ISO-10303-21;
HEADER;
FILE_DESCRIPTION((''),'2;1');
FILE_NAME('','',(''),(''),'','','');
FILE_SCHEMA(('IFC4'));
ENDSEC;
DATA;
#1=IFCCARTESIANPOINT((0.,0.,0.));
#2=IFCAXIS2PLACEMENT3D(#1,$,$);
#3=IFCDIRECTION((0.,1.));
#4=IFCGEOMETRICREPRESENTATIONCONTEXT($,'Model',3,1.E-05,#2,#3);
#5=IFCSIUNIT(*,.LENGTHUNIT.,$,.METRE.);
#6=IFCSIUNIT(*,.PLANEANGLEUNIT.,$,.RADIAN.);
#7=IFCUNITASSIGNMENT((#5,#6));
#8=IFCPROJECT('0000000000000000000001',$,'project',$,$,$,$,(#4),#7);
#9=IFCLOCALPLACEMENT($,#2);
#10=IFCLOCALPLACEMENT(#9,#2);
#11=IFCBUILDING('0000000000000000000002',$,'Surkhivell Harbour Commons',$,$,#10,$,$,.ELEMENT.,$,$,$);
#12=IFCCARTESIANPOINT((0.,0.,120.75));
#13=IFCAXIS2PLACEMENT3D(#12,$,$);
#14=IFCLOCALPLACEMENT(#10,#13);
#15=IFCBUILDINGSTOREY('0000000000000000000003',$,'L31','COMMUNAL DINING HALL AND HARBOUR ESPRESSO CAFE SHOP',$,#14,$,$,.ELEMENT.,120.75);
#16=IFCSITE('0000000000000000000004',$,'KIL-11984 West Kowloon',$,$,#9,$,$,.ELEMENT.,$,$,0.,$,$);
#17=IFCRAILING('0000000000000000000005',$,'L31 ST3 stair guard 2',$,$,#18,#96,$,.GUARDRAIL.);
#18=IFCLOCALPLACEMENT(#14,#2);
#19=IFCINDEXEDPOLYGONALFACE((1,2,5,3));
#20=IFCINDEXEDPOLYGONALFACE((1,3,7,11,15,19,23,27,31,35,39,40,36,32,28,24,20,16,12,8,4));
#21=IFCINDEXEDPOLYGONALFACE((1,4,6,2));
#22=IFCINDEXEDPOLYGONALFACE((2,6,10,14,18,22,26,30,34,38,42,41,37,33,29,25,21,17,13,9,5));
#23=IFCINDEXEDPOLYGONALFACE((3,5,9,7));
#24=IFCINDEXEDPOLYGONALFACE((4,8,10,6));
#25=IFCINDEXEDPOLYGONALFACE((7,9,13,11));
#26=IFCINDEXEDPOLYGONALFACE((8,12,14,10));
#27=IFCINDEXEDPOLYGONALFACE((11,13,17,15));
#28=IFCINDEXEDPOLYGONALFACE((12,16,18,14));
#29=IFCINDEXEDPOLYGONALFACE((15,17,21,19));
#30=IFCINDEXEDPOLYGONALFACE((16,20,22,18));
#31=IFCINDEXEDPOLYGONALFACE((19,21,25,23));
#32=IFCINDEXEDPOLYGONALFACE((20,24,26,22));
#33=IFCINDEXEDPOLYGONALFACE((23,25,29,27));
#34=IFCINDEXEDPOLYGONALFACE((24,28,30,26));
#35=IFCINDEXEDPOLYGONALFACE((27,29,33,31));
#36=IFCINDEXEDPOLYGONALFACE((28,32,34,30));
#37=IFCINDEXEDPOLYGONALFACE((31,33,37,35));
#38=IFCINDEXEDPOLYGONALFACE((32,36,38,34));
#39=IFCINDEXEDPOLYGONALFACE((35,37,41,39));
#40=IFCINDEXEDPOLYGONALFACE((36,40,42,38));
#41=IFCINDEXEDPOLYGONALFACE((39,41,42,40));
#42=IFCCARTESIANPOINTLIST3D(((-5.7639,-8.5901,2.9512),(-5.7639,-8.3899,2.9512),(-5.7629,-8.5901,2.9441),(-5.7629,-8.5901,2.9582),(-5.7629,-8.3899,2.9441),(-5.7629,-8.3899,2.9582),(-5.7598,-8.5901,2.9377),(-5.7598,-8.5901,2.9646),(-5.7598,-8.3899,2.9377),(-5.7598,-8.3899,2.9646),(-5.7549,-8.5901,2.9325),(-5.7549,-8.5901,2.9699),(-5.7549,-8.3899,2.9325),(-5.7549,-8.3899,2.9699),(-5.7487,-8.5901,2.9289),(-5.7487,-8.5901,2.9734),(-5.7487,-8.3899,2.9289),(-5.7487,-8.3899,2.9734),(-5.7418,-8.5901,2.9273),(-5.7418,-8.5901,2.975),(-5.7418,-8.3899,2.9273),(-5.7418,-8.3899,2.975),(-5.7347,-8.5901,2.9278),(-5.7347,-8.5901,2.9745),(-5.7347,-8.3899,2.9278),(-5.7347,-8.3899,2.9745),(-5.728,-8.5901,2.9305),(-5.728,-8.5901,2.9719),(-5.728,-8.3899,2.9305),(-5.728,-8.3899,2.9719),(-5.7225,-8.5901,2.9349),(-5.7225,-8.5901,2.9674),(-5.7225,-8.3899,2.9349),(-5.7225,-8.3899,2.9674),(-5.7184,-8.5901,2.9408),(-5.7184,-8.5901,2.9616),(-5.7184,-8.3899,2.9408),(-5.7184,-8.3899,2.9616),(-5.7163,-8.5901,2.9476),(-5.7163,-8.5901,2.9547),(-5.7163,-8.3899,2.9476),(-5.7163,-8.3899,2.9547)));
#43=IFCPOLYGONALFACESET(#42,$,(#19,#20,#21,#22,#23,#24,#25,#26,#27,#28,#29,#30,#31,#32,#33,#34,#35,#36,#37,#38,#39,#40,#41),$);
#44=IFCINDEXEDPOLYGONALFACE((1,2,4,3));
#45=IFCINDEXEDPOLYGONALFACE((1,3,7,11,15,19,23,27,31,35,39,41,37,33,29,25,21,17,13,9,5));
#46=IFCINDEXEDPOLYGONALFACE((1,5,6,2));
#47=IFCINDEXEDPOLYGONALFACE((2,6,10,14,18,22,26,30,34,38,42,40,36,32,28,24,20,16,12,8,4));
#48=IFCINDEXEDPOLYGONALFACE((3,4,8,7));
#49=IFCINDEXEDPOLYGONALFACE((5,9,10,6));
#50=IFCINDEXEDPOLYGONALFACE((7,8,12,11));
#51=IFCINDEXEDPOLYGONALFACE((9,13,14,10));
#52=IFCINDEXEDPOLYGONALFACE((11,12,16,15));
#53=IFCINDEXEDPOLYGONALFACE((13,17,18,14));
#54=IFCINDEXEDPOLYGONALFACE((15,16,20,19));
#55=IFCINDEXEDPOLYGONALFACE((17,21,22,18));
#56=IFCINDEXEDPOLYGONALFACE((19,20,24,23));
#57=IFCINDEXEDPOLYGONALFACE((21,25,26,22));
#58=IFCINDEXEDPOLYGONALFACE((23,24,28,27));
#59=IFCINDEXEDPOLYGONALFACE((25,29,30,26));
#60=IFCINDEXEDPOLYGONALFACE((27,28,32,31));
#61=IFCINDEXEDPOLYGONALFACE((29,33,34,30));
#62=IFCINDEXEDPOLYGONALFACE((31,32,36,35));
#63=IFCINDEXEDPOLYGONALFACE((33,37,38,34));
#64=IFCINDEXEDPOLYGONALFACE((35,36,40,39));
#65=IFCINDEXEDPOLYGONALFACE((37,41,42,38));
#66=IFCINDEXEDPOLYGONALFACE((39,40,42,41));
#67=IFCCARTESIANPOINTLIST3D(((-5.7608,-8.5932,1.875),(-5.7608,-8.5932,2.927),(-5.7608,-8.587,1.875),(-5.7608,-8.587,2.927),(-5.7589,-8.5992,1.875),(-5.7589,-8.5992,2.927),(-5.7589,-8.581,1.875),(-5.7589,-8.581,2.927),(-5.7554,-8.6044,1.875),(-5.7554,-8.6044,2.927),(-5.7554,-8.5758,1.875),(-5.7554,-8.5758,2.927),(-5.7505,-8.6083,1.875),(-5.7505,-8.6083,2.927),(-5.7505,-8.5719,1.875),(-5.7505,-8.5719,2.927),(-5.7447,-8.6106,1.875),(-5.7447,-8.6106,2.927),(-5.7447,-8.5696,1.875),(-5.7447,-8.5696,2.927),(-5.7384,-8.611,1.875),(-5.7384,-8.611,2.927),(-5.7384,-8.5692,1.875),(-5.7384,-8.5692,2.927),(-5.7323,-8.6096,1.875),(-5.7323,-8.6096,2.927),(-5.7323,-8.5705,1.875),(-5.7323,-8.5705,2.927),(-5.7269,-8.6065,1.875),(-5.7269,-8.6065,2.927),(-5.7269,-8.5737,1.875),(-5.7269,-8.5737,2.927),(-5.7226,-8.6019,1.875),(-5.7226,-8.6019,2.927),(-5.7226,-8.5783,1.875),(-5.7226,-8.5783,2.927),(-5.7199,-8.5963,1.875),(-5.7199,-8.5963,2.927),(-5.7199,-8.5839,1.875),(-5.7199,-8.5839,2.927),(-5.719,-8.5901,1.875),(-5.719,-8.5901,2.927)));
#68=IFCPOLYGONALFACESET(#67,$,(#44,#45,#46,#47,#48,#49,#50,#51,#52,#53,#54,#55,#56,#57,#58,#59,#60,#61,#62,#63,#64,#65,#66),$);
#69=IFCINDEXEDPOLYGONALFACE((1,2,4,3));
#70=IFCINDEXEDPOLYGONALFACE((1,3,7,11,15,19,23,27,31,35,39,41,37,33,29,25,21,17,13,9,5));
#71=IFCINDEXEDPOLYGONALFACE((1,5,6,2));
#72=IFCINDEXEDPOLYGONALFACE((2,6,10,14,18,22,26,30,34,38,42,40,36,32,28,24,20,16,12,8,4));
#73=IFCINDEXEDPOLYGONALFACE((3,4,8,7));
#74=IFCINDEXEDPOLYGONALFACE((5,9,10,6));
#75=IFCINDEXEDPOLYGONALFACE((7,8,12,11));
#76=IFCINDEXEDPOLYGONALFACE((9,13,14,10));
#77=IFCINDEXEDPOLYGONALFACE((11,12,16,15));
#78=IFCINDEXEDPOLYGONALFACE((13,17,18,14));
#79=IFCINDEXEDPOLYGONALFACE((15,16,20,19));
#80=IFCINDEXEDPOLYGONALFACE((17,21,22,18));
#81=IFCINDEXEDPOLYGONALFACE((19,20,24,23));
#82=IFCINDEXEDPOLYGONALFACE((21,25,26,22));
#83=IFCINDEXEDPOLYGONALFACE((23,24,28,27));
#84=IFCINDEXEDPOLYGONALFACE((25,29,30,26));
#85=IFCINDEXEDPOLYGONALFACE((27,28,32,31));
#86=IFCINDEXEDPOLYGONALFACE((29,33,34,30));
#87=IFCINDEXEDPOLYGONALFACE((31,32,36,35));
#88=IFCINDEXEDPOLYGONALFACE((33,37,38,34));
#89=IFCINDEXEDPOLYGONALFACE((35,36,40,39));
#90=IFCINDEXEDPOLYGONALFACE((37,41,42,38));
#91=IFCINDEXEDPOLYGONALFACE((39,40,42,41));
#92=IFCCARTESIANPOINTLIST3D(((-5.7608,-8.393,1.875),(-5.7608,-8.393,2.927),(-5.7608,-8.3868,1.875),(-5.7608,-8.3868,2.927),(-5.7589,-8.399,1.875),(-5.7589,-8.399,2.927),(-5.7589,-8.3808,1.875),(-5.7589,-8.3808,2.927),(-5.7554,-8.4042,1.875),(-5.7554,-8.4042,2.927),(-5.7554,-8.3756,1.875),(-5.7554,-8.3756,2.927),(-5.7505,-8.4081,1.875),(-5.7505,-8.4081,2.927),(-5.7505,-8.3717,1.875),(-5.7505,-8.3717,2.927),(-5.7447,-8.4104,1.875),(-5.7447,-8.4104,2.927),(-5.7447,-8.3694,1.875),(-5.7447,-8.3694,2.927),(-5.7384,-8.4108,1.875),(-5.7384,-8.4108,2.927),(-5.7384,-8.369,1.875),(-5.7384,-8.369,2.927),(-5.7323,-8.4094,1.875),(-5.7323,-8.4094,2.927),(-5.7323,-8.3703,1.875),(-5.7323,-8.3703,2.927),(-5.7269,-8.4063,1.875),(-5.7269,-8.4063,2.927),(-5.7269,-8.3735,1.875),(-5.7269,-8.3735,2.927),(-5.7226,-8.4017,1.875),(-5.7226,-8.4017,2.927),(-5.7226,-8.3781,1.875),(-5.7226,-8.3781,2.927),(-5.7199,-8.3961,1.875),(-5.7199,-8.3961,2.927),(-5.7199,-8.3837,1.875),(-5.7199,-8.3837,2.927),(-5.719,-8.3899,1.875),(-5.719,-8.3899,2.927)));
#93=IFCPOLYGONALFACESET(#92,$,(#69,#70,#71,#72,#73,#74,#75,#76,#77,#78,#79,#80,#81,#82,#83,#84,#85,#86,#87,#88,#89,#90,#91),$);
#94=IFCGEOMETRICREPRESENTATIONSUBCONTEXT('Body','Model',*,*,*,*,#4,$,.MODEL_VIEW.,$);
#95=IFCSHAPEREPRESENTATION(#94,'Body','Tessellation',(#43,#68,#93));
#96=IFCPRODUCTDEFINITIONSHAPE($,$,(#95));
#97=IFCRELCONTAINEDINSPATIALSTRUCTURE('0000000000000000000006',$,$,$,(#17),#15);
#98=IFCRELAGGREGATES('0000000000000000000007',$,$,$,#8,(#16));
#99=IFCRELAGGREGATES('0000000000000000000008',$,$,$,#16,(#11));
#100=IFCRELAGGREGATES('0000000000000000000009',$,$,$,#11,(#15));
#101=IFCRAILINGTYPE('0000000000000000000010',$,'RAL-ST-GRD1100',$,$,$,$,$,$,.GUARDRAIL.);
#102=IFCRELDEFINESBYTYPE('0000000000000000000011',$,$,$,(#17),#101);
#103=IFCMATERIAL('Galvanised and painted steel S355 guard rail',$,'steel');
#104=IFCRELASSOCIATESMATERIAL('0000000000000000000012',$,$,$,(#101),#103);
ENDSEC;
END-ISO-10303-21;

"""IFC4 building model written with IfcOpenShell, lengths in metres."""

from ifc_helpers import new_model, si_unit, direction, frame, origin, origin_2d, place, context, subcontext, project, spatial, circle, extrude, material, type_object, element, save


model = new_model("IFC4")

# Units and contexts
model_context = context("Model", 3, precision=1e-05, world=origin(), true_north=direction((0.0, 1.0)))
body_context = subcontext(model_context, "Body", "Model", "MODEL_VIEW")
ifc_project = project(units=[si_unit("LENGTHUNIT", "METRE"), si_unit("PLANEANGLEUNIT", "RADIAN")], contexts=[model_context])

# Site, building, storey
site_placement = place(None, origin())
site = spatial("IfcSite", under=ifc_project, at=site_placement, Name="KIL-11984 West Kowloon", CompositionType="ELEMENT", RefElevation=0.0)
building_placement = place(site_placement, origin())
building = spatial("IfcBuilding", under=site, at=building_placement, Name="Surkhivell Harbour Commons", CompositionType="ELEMENT")
storey_placement = place(building_placement, frame((0.0, 0.0, 120.75)))
storey = spatial("IfcBuildingStorey", under=building, at=storey_placement, Name="L31", Description="COMMUNAL DINING HALL AND HARBOUR ESPRESSO CAFE SHOP", CompositionType="ELEMENT", Elevation=120.75)

# Railing
ifc_material_1 = material(Name="Galvanised and painted steel S355 guard rail", Category="steel")
railing_type_1 = type_object("IfcRailingType", Name="RAL-ST-GRD1100", PredefinedType="GUARDRAIL", material=ifc_material_1)
railing_1_placement = place(storey_placement, frame((-5.74, -8.5901, 1.875)))
element("IfcRailing", 1, at=railing_1_placement, inside=storey, type_object=railing_type_1, Name="L31 ST3 stair guard 2", PredefinedType="GUARDRAIL", context=body_context, shape_type="SweptSolid", body=[
    extrude(circle(Radius=0.0239, at=origin_2d()), frame((0.0, 0.0, 1.0762), z_axis=(0.0, 1.0, 0.0), x_axis=(-1.0, 0.0, 0.0)), (0.0, 0.0, 1.0), 0.2002),
    extrude(circle(Radius=0.021, at=origin_2d()), origin(), (0.0, 0.0, 1.0), 1.052),
    extrude(circle(Radius=0.021, at=origin_2d()), frame((0.0, 0.2002, 0.0)), (0.0, 0.0, 1.0), 1.052),
])

save(model, "model.ifc")
